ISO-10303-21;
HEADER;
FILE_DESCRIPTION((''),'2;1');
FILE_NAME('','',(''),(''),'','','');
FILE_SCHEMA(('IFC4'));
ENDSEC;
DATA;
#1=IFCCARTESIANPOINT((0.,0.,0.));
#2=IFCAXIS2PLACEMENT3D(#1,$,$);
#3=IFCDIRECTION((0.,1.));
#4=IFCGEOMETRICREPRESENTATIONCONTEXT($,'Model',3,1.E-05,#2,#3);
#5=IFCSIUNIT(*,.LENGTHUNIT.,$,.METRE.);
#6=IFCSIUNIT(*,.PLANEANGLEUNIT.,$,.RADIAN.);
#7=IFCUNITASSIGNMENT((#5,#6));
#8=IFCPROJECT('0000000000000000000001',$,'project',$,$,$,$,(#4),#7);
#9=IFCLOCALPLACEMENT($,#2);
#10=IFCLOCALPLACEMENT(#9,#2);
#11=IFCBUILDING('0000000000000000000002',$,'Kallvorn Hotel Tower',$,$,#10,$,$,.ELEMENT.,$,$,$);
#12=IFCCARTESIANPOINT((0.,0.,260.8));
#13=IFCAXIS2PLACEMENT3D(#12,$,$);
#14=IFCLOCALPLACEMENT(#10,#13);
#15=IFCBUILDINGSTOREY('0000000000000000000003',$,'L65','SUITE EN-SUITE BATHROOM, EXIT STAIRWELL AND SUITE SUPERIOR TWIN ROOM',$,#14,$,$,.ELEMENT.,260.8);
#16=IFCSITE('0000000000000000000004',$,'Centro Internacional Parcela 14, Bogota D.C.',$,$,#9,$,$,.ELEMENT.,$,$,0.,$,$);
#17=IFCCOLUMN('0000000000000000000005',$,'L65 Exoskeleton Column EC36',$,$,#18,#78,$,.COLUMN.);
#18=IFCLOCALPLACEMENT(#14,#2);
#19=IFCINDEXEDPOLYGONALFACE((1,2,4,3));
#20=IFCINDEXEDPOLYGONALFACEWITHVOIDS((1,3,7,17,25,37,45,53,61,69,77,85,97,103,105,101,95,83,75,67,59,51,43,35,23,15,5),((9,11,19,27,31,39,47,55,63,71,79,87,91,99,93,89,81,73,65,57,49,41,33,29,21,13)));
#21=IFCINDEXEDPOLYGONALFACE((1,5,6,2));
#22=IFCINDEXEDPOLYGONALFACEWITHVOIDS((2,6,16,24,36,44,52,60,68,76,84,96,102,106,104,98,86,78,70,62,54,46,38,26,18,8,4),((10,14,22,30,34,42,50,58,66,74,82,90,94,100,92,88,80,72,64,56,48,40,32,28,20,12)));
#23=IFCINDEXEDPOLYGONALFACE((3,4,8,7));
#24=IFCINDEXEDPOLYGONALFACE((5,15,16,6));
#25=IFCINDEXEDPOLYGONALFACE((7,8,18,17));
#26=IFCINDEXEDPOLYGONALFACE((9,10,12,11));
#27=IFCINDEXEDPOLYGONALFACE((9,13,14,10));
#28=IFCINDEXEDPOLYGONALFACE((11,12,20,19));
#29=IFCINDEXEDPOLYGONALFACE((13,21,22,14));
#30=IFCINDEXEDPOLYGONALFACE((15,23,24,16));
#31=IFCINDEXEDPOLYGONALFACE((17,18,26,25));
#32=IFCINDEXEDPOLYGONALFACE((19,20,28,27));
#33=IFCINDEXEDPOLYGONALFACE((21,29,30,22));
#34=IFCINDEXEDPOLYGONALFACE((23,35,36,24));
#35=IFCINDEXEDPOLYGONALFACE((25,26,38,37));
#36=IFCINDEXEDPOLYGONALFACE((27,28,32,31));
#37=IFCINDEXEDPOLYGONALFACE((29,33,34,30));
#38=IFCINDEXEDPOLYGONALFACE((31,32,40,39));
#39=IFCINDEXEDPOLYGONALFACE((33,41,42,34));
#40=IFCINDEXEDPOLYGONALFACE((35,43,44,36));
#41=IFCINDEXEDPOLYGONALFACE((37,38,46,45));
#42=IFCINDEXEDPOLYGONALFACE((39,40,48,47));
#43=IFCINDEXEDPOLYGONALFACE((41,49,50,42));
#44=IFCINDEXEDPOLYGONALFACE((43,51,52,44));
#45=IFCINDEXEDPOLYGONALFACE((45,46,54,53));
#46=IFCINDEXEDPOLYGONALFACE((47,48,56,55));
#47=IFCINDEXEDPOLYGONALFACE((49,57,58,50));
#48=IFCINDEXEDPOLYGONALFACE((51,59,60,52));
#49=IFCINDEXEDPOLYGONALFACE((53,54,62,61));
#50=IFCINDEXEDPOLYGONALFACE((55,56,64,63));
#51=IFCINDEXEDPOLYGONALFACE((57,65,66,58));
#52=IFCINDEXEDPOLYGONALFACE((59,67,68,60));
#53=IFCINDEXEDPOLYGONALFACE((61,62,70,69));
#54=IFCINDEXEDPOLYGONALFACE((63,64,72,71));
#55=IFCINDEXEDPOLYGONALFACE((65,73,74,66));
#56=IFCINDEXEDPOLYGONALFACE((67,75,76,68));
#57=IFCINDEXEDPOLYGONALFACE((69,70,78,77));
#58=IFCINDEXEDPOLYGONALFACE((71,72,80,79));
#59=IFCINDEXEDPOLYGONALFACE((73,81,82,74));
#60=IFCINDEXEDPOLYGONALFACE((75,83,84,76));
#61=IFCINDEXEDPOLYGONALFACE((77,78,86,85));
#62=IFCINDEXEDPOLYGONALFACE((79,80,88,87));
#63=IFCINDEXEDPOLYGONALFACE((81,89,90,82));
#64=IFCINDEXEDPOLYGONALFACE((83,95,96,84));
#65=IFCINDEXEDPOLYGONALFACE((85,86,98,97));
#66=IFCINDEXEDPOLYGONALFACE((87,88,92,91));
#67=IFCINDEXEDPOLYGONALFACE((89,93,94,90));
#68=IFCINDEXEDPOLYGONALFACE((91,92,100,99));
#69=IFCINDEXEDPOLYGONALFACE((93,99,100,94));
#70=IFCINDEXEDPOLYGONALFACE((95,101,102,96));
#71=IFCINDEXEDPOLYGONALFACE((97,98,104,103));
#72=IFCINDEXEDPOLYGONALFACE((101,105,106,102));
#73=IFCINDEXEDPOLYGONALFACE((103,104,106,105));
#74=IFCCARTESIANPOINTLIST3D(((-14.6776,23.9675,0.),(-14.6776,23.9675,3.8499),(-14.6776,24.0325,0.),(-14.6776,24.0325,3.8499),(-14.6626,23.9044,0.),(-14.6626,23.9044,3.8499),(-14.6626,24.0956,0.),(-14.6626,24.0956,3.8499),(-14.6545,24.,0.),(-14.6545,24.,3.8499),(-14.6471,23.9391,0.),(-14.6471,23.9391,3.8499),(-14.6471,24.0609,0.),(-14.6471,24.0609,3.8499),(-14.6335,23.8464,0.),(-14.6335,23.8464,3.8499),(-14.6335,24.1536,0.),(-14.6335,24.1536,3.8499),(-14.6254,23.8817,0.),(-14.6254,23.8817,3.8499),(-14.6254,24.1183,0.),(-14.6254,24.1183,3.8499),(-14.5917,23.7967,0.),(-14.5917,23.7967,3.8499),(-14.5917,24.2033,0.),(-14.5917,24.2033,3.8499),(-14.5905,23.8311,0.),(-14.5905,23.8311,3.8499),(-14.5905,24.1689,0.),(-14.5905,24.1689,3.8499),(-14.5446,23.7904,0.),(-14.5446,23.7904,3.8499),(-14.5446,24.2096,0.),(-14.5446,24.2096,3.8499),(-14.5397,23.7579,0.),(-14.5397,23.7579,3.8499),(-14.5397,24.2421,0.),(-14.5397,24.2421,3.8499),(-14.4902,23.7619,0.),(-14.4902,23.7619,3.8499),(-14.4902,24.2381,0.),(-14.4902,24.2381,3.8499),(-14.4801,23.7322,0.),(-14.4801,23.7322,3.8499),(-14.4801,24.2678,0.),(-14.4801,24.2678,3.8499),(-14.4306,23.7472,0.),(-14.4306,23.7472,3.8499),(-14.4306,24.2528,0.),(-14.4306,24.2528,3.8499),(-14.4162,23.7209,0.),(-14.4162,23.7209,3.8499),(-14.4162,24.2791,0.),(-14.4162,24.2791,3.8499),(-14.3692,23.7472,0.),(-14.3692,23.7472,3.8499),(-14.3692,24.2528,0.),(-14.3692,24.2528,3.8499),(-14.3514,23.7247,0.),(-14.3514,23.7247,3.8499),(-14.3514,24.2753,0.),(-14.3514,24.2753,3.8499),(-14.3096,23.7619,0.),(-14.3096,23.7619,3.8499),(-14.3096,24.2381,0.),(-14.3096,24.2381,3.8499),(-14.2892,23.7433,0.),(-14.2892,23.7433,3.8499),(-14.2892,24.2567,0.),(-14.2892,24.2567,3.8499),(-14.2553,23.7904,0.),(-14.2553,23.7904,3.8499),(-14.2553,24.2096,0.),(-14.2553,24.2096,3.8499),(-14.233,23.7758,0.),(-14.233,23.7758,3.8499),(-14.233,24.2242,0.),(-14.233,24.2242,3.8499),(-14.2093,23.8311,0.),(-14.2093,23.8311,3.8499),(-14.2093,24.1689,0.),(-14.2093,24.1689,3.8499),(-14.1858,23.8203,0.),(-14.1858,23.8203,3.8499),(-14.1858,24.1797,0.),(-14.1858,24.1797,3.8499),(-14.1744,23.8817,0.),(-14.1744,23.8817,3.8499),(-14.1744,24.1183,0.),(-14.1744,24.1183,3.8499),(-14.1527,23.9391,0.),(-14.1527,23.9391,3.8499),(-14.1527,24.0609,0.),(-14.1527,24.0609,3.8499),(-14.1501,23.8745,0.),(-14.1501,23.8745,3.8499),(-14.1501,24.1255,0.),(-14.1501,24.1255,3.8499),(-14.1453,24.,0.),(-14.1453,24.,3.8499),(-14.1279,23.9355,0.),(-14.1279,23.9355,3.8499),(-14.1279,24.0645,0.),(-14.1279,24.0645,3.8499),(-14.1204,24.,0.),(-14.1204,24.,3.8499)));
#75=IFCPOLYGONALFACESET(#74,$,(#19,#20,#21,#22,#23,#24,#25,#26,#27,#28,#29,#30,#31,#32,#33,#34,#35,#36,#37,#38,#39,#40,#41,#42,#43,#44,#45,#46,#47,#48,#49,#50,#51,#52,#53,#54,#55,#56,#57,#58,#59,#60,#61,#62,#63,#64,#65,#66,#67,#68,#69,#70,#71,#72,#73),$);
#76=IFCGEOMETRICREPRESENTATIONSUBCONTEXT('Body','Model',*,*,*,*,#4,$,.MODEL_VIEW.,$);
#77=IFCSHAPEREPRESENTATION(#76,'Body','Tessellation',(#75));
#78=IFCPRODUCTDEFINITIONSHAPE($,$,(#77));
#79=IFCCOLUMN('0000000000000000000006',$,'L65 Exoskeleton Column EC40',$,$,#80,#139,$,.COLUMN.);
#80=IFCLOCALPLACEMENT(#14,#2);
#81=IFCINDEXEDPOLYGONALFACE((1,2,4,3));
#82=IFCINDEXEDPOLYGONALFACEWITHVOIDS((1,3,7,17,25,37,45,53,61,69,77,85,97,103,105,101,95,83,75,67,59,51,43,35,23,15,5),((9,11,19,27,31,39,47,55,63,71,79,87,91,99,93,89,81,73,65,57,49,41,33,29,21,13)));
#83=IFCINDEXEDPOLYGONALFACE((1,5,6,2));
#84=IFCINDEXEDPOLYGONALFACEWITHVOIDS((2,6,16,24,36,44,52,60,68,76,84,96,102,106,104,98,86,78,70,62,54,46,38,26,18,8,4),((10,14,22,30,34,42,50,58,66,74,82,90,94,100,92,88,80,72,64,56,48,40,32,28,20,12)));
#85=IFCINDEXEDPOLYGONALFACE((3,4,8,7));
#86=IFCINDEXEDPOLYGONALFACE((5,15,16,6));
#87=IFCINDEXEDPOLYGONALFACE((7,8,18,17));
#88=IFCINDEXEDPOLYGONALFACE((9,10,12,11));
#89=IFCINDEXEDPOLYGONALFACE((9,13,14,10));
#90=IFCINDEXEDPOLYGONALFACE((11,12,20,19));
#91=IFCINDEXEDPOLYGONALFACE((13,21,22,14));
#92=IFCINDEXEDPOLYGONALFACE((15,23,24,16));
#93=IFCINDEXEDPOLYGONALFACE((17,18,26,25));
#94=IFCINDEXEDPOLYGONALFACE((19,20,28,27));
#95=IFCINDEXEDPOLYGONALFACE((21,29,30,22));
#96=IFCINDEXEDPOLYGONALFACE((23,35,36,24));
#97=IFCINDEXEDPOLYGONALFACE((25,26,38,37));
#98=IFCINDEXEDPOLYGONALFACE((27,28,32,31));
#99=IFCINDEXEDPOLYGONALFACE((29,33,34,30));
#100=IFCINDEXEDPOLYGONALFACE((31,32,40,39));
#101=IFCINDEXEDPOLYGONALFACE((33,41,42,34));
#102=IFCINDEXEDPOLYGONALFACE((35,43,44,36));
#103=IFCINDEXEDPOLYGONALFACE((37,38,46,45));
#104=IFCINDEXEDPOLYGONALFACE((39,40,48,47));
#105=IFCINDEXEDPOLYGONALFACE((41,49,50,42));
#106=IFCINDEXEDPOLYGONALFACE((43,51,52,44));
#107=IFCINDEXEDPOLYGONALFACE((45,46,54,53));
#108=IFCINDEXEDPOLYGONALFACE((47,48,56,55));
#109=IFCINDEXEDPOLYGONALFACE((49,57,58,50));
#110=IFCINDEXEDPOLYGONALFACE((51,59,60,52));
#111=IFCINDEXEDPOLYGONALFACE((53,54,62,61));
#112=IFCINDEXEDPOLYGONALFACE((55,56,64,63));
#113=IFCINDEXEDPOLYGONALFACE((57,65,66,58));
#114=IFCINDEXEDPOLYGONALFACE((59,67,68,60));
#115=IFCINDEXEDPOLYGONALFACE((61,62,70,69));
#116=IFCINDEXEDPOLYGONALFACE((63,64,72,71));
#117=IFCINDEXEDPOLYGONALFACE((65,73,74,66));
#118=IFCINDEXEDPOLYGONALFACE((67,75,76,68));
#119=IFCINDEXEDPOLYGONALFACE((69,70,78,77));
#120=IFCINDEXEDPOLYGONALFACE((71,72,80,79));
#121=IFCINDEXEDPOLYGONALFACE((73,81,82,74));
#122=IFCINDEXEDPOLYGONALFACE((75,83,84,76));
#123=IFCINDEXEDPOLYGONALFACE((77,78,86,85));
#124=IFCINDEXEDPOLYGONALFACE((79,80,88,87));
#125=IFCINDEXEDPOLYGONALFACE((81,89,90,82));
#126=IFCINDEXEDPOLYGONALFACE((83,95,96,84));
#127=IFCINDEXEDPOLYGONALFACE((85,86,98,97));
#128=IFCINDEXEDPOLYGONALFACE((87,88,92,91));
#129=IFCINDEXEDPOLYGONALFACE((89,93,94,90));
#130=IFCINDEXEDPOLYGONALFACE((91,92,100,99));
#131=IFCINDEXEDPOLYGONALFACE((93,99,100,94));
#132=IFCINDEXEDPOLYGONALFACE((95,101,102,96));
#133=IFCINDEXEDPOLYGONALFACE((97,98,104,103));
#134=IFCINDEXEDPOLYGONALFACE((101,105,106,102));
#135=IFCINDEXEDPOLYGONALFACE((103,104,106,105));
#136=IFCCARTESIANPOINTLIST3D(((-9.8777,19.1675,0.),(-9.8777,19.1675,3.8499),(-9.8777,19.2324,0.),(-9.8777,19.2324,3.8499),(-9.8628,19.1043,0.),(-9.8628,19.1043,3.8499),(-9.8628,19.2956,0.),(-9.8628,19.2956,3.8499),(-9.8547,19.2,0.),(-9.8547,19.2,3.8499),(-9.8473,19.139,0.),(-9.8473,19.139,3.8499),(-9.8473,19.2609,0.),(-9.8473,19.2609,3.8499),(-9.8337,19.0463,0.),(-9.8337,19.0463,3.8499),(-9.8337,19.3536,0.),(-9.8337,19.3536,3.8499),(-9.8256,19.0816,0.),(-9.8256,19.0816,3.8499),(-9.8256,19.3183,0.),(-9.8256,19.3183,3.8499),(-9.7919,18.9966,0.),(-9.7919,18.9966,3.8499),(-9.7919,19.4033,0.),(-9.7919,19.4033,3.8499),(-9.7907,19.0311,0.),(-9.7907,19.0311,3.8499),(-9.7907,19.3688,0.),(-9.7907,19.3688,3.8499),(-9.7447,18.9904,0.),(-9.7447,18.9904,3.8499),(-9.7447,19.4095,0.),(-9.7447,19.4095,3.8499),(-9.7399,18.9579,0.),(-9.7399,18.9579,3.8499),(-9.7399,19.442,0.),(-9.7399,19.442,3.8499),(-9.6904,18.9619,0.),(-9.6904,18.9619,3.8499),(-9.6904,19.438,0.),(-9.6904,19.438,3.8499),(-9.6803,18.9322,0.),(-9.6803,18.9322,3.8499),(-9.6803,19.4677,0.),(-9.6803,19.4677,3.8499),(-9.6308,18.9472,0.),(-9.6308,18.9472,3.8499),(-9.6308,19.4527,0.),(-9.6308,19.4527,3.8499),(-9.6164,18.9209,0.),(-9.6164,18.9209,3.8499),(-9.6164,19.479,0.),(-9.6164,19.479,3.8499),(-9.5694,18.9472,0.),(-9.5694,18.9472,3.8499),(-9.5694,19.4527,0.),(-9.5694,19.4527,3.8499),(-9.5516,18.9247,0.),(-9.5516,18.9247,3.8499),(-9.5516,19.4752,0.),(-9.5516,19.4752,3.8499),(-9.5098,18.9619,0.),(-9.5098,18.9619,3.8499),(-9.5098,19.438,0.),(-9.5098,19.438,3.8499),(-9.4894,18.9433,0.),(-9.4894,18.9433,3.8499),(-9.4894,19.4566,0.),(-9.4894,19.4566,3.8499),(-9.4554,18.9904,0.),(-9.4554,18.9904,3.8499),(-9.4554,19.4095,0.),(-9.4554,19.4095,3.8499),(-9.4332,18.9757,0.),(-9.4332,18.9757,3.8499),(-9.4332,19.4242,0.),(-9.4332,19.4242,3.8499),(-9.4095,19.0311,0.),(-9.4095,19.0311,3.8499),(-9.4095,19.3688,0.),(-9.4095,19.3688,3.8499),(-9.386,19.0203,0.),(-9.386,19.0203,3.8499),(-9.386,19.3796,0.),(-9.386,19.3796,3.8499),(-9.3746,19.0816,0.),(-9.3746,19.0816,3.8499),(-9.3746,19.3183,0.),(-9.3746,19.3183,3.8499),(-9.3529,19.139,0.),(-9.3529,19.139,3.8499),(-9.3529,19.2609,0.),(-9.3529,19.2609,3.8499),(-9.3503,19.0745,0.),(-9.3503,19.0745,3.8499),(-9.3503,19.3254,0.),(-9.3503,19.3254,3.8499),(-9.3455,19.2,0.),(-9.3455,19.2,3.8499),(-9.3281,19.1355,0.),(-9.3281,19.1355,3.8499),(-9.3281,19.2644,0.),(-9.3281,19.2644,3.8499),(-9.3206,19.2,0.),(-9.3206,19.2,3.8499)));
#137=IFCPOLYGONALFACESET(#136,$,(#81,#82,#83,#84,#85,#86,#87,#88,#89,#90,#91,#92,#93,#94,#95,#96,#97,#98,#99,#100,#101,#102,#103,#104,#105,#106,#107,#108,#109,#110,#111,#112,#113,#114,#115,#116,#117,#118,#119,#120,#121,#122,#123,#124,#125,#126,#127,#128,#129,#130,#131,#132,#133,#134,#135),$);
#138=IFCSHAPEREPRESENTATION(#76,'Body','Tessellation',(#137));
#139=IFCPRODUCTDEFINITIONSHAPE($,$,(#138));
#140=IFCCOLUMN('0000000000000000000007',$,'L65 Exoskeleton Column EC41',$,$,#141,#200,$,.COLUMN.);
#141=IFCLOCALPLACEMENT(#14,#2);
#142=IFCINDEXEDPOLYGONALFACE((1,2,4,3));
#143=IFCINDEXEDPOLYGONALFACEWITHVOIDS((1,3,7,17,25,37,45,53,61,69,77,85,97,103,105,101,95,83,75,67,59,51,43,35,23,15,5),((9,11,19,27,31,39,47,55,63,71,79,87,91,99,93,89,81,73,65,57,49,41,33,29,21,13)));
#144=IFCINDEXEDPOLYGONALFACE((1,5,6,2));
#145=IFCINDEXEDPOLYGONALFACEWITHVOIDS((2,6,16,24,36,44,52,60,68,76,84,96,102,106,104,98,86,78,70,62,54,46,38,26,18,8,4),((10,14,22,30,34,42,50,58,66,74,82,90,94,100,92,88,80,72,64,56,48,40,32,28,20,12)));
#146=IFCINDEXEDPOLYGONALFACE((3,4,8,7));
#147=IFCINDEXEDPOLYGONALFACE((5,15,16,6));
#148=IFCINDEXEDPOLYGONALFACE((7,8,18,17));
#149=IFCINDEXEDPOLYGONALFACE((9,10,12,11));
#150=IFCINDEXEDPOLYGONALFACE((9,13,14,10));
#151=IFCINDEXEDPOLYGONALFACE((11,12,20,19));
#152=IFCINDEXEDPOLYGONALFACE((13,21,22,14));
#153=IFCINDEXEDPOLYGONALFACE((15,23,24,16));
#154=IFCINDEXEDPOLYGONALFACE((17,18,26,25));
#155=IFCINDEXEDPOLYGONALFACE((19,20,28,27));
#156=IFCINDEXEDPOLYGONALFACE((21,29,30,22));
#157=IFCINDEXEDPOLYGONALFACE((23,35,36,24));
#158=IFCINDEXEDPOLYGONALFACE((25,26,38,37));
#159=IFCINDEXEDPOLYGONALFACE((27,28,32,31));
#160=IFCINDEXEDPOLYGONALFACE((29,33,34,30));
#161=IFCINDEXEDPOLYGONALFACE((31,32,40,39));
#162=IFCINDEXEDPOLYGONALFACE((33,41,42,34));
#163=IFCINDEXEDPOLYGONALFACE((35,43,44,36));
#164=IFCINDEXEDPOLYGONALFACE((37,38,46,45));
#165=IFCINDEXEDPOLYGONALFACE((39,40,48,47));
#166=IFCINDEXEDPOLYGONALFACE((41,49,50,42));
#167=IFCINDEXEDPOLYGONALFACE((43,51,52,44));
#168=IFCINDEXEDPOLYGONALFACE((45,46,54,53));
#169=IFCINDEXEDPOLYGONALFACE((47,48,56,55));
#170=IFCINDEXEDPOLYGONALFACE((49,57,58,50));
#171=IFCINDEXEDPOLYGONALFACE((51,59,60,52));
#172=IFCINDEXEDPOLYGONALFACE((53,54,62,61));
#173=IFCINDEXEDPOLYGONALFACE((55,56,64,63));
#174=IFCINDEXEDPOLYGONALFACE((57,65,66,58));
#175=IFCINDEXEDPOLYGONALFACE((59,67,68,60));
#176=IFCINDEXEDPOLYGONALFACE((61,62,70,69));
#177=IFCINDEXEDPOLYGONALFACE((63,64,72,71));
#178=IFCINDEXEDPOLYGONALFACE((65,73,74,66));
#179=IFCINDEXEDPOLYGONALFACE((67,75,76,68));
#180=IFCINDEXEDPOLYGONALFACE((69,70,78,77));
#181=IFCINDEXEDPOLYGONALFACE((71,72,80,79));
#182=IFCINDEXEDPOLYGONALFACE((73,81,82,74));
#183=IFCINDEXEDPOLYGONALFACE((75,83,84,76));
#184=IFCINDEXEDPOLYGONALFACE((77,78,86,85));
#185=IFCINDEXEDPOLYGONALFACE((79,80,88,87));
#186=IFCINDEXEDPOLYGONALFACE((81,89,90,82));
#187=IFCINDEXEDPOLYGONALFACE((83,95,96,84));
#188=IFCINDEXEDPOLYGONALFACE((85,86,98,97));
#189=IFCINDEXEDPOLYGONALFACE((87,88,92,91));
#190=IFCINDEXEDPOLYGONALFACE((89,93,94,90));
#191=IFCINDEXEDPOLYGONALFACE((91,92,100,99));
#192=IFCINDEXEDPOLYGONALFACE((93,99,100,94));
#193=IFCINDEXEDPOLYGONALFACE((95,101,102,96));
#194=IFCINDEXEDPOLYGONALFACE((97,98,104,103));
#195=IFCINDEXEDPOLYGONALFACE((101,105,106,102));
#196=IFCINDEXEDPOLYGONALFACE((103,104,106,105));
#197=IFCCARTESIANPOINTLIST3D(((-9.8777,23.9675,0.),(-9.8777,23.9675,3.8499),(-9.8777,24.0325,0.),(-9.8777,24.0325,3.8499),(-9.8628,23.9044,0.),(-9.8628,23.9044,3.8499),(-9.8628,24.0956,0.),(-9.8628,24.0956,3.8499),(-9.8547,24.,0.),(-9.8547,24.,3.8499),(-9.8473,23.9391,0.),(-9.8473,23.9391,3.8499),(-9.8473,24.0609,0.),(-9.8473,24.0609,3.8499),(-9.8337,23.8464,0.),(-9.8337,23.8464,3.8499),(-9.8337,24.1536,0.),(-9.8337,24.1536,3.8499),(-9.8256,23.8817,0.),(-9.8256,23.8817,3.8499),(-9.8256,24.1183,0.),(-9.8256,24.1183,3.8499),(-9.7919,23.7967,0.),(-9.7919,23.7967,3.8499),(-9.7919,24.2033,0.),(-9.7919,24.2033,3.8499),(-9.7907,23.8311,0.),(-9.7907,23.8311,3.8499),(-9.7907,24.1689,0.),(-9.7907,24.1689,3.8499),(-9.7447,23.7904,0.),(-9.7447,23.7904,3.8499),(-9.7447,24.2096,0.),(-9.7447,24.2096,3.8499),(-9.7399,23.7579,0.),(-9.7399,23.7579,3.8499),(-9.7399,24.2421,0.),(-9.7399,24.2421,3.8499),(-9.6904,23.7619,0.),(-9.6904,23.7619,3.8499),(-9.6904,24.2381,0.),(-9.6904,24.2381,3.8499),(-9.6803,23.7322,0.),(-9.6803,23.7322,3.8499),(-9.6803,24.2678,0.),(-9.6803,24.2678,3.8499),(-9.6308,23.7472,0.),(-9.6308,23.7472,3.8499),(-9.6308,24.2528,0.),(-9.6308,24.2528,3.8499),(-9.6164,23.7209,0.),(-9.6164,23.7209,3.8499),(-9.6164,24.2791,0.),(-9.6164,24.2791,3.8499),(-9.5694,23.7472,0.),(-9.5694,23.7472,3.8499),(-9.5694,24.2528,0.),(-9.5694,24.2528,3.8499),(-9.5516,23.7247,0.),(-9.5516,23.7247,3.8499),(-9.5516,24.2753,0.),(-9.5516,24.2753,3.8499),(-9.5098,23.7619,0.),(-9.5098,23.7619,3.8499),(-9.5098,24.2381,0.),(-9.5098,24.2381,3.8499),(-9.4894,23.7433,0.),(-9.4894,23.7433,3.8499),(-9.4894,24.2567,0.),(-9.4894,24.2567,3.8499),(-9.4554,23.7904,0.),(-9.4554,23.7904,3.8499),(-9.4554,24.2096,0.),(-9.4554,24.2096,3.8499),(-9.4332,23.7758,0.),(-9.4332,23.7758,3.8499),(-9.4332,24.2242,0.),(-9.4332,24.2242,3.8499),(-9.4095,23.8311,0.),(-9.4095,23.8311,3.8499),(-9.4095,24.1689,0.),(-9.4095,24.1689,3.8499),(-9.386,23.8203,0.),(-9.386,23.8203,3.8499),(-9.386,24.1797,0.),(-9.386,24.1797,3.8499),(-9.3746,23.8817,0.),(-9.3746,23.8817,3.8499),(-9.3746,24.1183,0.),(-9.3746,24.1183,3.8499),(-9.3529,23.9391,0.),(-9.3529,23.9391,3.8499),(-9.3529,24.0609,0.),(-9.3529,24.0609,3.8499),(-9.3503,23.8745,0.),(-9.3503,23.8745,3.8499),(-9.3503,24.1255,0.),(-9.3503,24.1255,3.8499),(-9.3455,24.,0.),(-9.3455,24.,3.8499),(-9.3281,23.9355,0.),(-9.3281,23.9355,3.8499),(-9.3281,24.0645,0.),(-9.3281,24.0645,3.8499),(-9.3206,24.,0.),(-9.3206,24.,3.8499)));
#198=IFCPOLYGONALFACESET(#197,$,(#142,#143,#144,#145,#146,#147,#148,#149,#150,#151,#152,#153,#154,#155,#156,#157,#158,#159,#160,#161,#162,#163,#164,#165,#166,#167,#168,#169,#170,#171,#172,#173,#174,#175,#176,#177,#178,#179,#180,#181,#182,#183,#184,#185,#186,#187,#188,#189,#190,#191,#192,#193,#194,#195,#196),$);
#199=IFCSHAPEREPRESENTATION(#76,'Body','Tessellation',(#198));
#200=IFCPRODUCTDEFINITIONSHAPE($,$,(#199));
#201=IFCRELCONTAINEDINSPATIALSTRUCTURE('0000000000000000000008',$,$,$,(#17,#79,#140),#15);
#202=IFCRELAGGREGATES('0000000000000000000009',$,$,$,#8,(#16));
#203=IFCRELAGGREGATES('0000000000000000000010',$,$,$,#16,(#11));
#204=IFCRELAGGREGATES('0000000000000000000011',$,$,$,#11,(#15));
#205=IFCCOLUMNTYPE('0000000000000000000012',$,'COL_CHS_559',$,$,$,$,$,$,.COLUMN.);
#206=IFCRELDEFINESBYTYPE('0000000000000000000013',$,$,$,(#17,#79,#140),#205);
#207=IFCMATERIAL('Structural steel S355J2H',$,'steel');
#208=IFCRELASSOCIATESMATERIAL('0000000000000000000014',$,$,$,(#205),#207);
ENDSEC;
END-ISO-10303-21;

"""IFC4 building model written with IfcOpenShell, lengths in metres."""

from ifc_helpers import new_model, si_unit, direction, frame, origin, origin_2d, place, context, subcontext, project, spatial, hollow_circle, extrude, material, material_profile, profile_set, type_object, element, save


model = new_model("IFC4")

# Units and contexts
model_context = context("Model", 3, precision=1e-05, world=origin(), true_north=direction((0.0, 1.0)))
body_context = subcontext(model_context, "Body", "Model", "MODEL_VIEW")
ifc_project = project(units=[si_unit("LENGTHUNIT", "METRE"), si_unit("PLANEANGLEUNIT", "RADIAN")], contexts=[model_context])

# Site, building, storey
site_placement = place(None, origin())
site = spatial("IfcSite", under=ifc_project, at=site_placement, Name="Centro Internacional Parcela 14, Bogota D.C.", CompositionType="ELEMENT", RefElevation=0.0)
building_placement = place(site_placement, origin())
building = spatial("IfcBuilding", under=site, at=building_placement, Name="Kallvorn Hotel Tower", CompositionType="ELEMENT")
storey_placement = place(building_placement, frame((0.0, 0.0, 260.8)))
storey = spatial("IfcBuildingStorey", under=building, at=storey_placement, Name="L65", Description="SUITE EN-SUITE BATHROOM, EXIT STAIRWELL AND SUITE SUPERIOR TWIN ROOM", CompositionType="ELEMENT", Elevation=260.8)

# Columns
ifc_material_1 = material(Name="Structural steel S355J2H", Category="steel")
ifc_material_profile_1 = material_profile(ifc_material_1, hollow_circle(Radius=0.2795, WallThickness=0.0249, at=origin_2d()), Name="CHS 559x25")
ifc_profile_set_1 = profile_set([ifc_material_profile_1], Name="Structural steel S355J2H")
column_type_1 = type_object("IfcColumnType", Name="COL_CHS_559", PredefinedType="COLUMN", material=ifc_profile_set_1)
for number, where, z_axis, x_axis, name in (
    (1, (-14.3999, 24.0, 0.0), (0.0, 0.0, 1.0), (1.0, 0.0, 0.0), "L65 Exoskeleton Column EC36"),
    (2, (-9.6001, 19.2, 0.0), (0.0, 0.0, 1.0), (1.0, 0.0, 0.0), "L65 Exoskeleton Column EC40"),
    (3, (-9.6001, 24.0, 0.0), (0.0, 0.0, 1.0), (1.0, 0.0, 0.0), "L65 Exoskeleton Column EC41"),
):
    element("IfcColumn", number, at=place(storey_placement, frame(where, z_axis=z_axis, x_axis=x_axis)), inside=storey, type_object=column_type_1, Name=name, PredefinedType="COLUMN", context=body_context, shape_type="SweptSolid", body=[
        extrude(hollow_circle(Radius=0.2795, WallThickness=0.0249, at=origin_2d()), origin(), (0.0, 0.0, 1.0), 3.8499),
    ])

save(model, "model.ifc")
